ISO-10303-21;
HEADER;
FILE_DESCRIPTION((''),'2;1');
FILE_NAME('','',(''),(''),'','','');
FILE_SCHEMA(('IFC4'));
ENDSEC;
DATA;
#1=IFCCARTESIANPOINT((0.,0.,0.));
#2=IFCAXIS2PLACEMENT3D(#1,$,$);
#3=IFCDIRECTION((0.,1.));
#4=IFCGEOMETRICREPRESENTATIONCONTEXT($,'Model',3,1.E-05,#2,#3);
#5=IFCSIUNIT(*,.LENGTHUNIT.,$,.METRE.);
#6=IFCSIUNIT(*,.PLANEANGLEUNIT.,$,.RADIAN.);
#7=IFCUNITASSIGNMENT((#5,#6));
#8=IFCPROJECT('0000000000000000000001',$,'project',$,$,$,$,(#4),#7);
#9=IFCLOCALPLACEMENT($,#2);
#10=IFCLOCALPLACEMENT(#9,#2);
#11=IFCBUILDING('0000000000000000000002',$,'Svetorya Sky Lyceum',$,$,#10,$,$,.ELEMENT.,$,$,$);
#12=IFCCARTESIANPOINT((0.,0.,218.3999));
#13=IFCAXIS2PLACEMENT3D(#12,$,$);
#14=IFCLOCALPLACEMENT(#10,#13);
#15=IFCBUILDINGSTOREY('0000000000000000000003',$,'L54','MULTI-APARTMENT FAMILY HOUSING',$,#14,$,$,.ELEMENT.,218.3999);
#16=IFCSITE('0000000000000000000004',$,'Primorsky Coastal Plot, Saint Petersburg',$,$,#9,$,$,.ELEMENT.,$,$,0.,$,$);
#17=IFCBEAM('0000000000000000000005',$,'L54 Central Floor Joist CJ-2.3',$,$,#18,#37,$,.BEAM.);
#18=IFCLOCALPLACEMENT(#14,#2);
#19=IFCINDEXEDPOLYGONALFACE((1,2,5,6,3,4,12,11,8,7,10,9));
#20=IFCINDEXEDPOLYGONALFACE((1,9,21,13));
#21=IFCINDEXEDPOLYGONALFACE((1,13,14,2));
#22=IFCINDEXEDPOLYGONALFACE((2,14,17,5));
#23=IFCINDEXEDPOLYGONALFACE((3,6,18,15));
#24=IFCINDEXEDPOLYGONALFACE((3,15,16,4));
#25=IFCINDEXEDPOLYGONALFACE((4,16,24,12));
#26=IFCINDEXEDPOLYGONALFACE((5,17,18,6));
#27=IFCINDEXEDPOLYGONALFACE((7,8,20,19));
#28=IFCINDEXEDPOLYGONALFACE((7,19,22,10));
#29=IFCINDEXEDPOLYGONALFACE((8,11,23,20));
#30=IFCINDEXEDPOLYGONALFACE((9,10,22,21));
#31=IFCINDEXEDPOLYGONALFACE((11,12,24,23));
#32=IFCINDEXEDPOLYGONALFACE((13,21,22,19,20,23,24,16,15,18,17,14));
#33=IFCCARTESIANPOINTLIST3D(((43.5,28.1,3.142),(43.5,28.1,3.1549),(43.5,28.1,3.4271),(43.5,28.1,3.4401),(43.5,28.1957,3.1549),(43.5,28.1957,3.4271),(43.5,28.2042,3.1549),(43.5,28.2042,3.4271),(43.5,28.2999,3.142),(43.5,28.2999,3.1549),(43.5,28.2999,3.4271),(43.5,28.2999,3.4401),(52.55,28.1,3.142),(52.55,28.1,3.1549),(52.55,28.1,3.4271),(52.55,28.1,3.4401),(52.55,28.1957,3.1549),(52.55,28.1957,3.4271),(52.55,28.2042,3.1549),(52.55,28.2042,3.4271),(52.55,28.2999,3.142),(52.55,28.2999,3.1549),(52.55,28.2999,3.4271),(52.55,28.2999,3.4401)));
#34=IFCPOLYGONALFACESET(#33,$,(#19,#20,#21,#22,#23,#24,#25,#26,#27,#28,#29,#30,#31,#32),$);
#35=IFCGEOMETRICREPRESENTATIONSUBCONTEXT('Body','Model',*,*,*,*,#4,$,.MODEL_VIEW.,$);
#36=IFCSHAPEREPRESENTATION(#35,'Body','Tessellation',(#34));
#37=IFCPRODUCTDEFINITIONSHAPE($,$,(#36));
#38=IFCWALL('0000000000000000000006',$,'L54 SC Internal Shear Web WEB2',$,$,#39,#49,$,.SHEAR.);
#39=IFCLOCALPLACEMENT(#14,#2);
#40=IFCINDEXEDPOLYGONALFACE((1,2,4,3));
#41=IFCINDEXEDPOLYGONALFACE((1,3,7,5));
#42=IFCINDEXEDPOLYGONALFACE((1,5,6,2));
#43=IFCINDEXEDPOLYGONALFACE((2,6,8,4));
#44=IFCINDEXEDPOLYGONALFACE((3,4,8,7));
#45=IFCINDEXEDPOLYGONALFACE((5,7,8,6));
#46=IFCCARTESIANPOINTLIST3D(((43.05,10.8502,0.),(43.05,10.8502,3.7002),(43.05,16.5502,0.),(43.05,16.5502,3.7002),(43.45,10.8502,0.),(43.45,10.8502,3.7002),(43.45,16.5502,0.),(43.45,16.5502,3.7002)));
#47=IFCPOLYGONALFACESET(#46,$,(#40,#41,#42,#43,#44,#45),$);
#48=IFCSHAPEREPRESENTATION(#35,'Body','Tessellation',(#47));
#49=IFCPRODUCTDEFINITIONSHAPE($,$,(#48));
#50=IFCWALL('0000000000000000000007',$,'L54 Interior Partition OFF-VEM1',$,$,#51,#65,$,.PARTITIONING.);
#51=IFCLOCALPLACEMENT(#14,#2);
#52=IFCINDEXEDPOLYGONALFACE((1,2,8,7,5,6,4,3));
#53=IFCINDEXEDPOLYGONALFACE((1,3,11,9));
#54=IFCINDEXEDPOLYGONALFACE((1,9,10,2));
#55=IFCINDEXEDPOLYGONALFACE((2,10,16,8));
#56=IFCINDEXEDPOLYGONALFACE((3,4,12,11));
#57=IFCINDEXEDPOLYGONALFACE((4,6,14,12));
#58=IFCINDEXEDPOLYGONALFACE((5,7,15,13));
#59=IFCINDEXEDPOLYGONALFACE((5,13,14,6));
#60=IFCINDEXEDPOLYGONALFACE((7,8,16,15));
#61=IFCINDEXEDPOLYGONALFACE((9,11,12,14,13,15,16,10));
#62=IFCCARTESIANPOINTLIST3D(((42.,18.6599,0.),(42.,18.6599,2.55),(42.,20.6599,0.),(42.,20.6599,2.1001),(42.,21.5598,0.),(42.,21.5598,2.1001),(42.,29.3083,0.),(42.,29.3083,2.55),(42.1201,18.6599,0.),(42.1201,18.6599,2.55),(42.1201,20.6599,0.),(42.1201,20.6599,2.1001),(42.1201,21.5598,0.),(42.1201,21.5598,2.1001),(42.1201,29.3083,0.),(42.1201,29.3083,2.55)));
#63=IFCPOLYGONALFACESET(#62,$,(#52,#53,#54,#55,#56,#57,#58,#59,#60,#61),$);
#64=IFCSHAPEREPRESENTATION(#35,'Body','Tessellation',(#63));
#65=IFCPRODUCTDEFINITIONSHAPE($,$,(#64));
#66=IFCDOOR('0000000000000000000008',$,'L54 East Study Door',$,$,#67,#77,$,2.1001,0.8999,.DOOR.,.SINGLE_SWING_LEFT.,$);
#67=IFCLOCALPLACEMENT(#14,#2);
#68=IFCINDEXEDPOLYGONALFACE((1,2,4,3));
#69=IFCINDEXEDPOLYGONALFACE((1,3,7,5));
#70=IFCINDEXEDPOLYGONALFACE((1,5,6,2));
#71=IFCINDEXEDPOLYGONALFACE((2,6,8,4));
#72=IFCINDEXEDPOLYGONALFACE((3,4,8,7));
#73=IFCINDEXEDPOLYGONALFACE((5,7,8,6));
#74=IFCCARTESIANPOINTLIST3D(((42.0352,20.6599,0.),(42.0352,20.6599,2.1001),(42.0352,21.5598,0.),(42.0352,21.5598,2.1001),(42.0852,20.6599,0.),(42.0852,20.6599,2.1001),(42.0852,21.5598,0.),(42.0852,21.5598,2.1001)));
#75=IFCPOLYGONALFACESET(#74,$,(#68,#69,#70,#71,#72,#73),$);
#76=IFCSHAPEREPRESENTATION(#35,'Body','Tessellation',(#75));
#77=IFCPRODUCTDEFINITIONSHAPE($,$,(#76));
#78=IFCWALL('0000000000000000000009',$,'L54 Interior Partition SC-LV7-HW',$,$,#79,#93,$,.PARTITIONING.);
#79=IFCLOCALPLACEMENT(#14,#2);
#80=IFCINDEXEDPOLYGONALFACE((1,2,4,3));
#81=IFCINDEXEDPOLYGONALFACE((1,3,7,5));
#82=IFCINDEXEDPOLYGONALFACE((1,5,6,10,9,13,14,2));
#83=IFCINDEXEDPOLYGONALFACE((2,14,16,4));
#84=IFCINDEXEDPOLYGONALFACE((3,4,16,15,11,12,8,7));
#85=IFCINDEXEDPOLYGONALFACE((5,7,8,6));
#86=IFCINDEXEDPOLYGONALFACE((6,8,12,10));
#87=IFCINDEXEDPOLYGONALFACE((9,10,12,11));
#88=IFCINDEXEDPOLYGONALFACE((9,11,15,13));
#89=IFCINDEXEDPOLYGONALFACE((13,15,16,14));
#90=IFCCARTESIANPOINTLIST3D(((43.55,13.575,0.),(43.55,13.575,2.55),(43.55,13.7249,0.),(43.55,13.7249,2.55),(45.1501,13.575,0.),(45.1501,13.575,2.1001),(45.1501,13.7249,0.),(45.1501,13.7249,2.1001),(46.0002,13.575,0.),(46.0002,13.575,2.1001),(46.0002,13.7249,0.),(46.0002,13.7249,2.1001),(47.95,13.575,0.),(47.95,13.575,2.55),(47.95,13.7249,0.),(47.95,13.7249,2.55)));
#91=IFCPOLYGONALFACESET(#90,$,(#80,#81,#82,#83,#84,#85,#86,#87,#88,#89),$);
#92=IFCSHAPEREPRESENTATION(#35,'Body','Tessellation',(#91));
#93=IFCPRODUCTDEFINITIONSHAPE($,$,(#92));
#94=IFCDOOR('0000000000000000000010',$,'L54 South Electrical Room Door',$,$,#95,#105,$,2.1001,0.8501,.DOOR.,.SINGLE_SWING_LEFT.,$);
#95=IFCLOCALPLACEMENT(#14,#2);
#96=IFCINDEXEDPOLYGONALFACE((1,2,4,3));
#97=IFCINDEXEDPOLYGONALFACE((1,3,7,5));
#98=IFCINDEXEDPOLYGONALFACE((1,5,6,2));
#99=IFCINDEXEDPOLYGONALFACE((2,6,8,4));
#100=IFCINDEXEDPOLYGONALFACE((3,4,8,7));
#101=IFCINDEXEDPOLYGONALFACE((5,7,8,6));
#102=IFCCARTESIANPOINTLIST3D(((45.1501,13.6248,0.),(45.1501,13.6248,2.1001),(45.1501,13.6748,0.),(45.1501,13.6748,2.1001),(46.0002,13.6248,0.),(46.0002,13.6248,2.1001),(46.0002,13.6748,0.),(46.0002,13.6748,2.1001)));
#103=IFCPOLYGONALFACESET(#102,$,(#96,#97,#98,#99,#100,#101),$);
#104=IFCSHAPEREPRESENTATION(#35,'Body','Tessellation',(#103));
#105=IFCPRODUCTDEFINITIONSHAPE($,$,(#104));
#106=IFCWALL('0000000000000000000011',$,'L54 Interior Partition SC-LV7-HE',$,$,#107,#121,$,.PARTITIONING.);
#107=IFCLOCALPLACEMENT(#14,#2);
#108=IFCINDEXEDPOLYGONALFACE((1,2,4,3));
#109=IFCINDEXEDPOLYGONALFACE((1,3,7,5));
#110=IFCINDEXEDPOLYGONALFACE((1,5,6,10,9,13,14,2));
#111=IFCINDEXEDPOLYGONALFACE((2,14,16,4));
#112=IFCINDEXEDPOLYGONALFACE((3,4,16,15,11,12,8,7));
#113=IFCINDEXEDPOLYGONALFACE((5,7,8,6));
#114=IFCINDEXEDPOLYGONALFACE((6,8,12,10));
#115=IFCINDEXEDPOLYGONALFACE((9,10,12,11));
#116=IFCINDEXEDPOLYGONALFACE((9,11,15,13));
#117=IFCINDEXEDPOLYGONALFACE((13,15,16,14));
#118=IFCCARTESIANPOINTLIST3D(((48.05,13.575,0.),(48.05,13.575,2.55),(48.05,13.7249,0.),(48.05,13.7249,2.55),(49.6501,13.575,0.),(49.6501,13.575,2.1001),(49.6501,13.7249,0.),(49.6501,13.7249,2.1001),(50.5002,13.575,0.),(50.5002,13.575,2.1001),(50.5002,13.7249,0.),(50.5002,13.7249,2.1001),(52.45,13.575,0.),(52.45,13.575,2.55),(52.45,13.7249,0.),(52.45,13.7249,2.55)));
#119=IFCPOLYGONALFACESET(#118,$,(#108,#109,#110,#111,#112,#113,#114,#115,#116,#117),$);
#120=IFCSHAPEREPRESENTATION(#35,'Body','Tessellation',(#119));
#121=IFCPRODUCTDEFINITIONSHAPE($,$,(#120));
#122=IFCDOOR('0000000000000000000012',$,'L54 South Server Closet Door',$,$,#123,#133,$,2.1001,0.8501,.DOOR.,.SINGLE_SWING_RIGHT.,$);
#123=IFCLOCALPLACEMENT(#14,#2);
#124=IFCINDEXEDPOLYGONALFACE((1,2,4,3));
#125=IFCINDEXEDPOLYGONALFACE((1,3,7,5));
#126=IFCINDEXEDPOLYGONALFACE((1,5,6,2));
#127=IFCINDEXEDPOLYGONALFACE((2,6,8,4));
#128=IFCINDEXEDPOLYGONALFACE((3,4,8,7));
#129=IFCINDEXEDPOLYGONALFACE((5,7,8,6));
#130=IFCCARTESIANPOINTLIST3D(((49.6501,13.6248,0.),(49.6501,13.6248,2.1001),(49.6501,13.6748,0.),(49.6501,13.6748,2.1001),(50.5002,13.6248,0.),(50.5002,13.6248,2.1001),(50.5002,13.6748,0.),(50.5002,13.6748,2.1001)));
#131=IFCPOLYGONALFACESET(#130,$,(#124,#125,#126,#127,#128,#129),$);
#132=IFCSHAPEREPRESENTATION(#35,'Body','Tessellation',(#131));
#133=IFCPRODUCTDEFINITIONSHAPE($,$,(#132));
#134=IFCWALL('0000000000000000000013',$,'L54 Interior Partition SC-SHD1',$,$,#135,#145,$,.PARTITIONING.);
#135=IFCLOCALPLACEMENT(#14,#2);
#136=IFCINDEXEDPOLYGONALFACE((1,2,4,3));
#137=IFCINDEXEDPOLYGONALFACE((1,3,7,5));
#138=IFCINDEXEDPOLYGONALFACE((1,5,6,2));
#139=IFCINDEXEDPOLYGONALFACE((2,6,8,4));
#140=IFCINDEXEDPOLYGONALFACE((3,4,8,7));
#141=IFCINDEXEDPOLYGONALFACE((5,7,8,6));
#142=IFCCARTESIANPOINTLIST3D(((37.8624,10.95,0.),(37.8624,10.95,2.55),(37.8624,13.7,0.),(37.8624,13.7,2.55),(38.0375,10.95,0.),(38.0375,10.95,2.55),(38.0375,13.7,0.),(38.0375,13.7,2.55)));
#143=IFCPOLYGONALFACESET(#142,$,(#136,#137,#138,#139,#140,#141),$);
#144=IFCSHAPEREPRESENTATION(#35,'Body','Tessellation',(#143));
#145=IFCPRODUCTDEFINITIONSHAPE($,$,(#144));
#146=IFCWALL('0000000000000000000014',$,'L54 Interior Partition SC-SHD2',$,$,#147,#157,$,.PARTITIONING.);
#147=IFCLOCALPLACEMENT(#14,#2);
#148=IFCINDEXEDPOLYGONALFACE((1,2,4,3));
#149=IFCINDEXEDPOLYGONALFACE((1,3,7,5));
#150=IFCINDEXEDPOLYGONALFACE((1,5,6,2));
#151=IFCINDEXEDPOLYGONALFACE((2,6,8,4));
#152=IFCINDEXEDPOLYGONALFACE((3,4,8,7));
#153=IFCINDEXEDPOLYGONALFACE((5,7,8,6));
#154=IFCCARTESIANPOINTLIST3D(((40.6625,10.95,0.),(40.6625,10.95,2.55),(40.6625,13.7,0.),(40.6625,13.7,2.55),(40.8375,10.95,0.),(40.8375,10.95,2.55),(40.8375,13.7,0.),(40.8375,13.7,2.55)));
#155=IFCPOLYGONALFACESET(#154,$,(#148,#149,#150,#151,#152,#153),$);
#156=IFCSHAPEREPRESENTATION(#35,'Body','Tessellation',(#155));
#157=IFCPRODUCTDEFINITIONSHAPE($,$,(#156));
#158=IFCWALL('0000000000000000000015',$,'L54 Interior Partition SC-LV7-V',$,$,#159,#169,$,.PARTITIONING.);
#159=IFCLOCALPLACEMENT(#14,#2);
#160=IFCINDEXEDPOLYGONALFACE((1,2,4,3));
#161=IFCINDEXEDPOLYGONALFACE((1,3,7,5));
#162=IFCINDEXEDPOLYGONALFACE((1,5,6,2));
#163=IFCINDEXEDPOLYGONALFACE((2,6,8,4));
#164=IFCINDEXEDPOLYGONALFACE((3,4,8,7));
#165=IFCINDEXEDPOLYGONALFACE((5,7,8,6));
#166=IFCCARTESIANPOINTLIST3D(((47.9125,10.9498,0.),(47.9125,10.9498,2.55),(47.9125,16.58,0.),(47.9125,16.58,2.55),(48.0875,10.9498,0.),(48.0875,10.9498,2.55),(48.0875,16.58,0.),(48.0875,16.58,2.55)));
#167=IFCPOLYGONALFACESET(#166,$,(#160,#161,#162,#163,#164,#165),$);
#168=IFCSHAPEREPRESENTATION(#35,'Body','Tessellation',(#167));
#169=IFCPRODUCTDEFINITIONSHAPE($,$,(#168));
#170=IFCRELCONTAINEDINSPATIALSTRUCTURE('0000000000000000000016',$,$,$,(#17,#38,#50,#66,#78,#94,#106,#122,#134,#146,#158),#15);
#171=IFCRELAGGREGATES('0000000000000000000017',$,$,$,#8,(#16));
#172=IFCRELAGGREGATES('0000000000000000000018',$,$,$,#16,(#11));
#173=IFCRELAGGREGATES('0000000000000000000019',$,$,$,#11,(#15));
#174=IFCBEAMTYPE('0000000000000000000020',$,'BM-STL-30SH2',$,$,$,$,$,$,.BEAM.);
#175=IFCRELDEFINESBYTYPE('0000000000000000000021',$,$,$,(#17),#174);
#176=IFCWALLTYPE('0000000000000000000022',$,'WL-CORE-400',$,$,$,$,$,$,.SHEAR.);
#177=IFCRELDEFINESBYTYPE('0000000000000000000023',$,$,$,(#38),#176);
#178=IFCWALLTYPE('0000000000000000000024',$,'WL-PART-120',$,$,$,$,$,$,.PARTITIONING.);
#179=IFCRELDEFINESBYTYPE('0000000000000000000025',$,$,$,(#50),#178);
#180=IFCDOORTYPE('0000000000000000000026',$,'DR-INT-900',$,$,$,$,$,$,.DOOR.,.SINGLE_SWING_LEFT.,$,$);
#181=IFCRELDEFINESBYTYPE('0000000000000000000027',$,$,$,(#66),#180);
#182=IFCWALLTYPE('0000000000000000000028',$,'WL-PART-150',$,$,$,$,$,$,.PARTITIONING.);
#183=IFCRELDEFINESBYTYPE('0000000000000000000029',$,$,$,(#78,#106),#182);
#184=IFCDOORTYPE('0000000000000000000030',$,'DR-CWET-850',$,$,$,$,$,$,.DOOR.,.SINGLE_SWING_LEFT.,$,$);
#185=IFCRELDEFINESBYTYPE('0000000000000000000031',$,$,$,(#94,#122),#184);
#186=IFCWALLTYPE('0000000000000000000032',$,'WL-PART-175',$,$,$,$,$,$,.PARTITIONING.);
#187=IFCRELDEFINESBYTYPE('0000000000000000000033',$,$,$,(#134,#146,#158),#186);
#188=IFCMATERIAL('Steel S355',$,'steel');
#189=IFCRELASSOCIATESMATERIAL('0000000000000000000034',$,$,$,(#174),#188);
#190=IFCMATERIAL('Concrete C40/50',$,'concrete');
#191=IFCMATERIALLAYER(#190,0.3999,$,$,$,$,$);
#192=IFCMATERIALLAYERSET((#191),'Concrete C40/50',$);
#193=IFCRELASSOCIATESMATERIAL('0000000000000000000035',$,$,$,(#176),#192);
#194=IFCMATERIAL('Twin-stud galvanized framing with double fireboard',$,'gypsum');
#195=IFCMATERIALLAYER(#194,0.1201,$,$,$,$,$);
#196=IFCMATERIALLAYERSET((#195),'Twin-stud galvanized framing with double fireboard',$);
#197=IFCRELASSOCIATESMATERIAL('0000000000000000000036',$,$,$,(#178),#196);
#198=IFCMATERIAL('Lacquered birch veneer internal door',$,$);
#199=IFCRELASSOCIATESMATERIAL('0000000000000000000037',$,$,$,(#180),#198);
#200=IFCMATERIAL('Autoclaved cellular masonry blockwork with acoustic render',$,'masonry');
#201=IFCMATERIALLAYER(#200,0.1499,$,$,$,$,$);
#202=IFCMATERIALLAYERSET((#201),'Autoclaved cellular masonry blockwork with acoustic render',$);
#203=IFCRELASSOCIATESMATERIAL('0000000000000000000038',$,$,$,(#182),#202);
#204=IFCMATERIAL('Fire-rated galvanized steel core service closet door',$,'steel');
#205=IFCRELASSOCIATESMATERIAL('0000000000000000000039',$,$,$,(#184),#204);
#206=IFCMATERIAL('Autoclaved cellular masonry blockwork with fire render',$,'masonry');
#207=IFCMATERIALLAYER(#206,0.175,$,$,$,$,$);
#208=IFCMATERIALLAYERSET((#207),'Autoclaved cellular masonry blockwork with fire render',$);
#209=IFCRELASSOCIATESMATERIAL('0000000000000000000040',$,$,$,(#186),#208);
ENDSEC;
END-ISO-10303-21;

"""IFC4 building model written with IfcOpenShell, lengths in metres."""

from ifc_helpers import new_model, si_unit, direction, frame, frame_2d, origin, origin_2d, place, context, subcontext, project, spatial, rectangle, i_section, extrude, material, layer, layer_set, material_profile, profile_set, type_object, element, fill, save


model = new_model("IFC4")

# Units and contexts
model_context = context("Model", 3, precision=1e-05, world=origin(), true_north=direction((0.0, 1.0)))
body_context = subcontext(model_context, "Body", "Model", "MODEL_VIEW")
ifc_project = project(units=[si_unit("LENGTHUNIT", "METRE"), si_unit("PLANEANGLEUNIT", "RADIAN")], contexts=[model_context])

# Site, building, storey
site_placement = place(None, origin())
site = spatial("IfcSite", under=ifc_project, at=site_placement, Name="Primorsky Coastal Plot, Saint Petersburg", CompositionType="ELEMENT", RefElevation=0.0)
building_placement = place(site_placement, origin())
building = spatial("IfcBuilding", under=site, at=building_placement, Name="Svetorya Sky Lyceum", CompositionType="ELEMENT")
storey_placement = place(building_placement, frame((0.0, 0.0, 218.3999)))
storey = spatial("IfcBuildingStorey", under=building, at=storey_placement, Name="L54", Description="MULTI-APARTMENT FAMILY HOUSING", CompositionType="ELEMENT", Elevation=218.3999)

# Beam
ifc_material_1 = material(Name="Steel S355", Category="steel")
ifc_material_profile_1 = material_profile(ifc_material_1, i_section(OverallWidth=0.2, OverallDepth=0.2981, WebThickness=0.0085, FlangeThickness=0.0129, at=origin_2d()), Name="GOST 30Sh2")
ifc_profile_set_1 = profile_set([ifc_material_profile_1], Name="Steel S355")
beam_type_1 = type_object("IfcBeamType", Name="BM-STL-30SH2", PredefinedType="BEAM", material=ifc_profile_set_1)
beam_1_placement = place(storey_placement, frame((43.5, 28.2, 3.291), z_axis=(1.0, 0.0, 0.0), x_axis=(0.0, 1.0, 0.0)))
element("IfcBeam", 1, at=beam_1_placement, inside=storey, type_object=beam_type_1, Name="L54 Central Floor Joist CJ-2.3", PredefinedType="BEAM", context=body_context, shape_type="SweptSolid", body=[
    extrude(i_section(OverallWidth=0.2, OverallDepth=0.2981, WebThickness=0.0085, FlangeThickness=0.0129, at=origin_2d()), origin(), (0.0, 0.0, 1.0), 9.05),
])

# Wall
ifc_material_2 = material(Name="Concrete C40/50", Category="concrete")
ifc_layer_1 = layer(ifc_material_2, 0.3999)
ifc_layer_set_1 = layer_set([ifc_layer_1], Name="Concrete C40/50")
wall_type_1 = type_object("IfcWallType", Name="WL-CORE-400", PredefinedType="SHEAR", material=ifc_layer_set_1)
wall_1_placement = place(storey_placement, frame((43.25, 10.8501, 0.0), z_axis=(0.0, 0.0, 1.0), x_axis=(0.0, 1.0, 0.0)))
element("IfcWall", 2, at=wall_1_placement, inside=storey, type_object=wall_type_1, Name="L54 SC Internal Shear Web WEB2", PredefinedType="SHEAR", context=body_context, shape_type="SweptSolid", body=[
    extrude(rectangle(XDim=5.7, YDim=0.3999, at=frame_2d((2.8501, 0.0))), origin(), (0.0, 0.0, 1.0), 3.7002),
])

# Walls, openings, doors
ifc_material_3 = material(Name="Twin-stud galvanized framing with double fireboard", Category="gypsum")
ifc_layer_2 = layer(ifc_material_3, 0.1201)
ifc_layer_set_2 = layer_set([ifc_layer_2], Name="Twin-stud galvanized framing with double fireboard")
wall_type_2 = type_object("IfcWallType", Name="WL-PART-120", PredefinedType="PARTITIONING", material=ifc_layer_set_2)
wall_2_placement = place(storey_placement, frame((42.0601, 18.6599, 0.0), z_axis=(0.0, 0.0, 1.0), x_axis=(0.0, 1.0, 0.0)))
wall_2 = element("IfcWall", 3, at=wall_2_placement, inside=storey, type_object=wall_type_2, Name="L54 Interior Partition OFF-VEM1", PredefinedType="PARTITIONING", context=body_context, shape_type="SweptSolid", body=[
    extrude(rectangle(XDim=10.6484, YDim=0.1201, at=frame_2d((5.3242, 0.0))), origin(), (0.0, 0.0, 1.0), 2.55),
])
opening_1_placement = place(wall_2_placement, frame((2.0, 0.0, 0.0)))
opening_1 = element("IfcOpeningElement", 4, at=opening_1_placement, cuts=wall_2, PredefinedType="OPENING", context=body_context, shape_type="SweptSolid", body=[
    extrude(rectangle(XDim=0.8999, YDim=2.1001, at=frame_2d((0.45, 1.05))), frame((0.0, 0.0701, 0.0), z_axis=(0.0, -1.0, 0.0), x_axis=(1.0, 0.0, 0.0)), (0.0, 0.0, 1.0), 0.1401),
])
ifc_material_4 = material(Name="Lacquered birch veneer internal door")
door_type_1 = type_object("IfcDoorType", Name="DR-INT-900", OperationType="SINGLE_SWING_LEFT", PredefinedType="DOOR", material=ifc_material_4)
door_1_placement = place(opening_1_placement, origin())
door_1 = element("IfcDoor", 5, at=door_1_placement, inside=storey, type_object=door_type_1, Name="L54 East Study Door", OperationType="SINGLE_SWING_LEFT", OverallHeight=2.1001, OverallWidth=0.8999, PredefinedType="DOOR", context=body_context, shape_type="SweptSolid", body=[
    extrude(rectangle(XDim=0.8999, YDim=2.1001, at=frame_2d((0.45, 1.05))), frame((0.0, 0.0249, 0.0), z_axis=(0.0, -1.0, 0.0), x_axis=(1.0, 0.0, 0.0)), (0.0, 0.0, 1.0), 0.05),
])
fill(opening_1, door_1)
ifc_material_5 = material(Name="Autoclaved cellular masonry blockwork with acoustic render", Category="masonry")
ifc_layer_3 = layer(ifc_material_5, 0.1499)
ifc_layer_set_3 = layer_set([ifc_layer_3], Name="Autoclaved cellular masonry blockwork with acoustic render")
wall_type_3 = type_object("IfcWallType", Name="WL-PART-150", PredefinedType="PARTITIONING", material=ifc_layer_set_3)
wall_3_placement = place(storey_placement, frame((43.55, 13.6499, 0.0), z_axis=(0.0, 0.0, 1.0), x_axis=(1.0, 0.0, 0.0)))
wall_3 = element("IfcWall", 6, at=wall_3_placement, inside=storey, type_object=wall_type_3, Name="L54 Interior Partition SC-LV7-HW", PredefinedType="PARTITIONING", context=body_context, shape_type="SweptSolid", body=[
    extrude(rectangle(XDim=4.3999, YDim=0.1499, at=frame_2d((2.2, 0.0))), origin(), (0.0, 0.0, 1.0), 2.55),
])
opening_2_placement = place(wall_3_placement, frame((1.6001, 0.0, 0.0)))
opening_2 = element("IfcOpeningElement", 7, at=opening_2_placement, cuts=wall_3, PredefinedType="OPENING", context=body_context, shape_type="SweptSolid", body=[
    extrude(rectangle(XDim=0.8501, YDim=2.1001, at=frame_2d((0.425, 1.05))), frame((0.0, 0.085, 0.0), z_axis=(0.0, -1.0, 0.0), x_axis=(1.0, 0.0, 0.0)), (0.0, 0.0, 1.0), 0.1699),
])
ifc_material_6 = material(Name="Fire-rated galvanized steel core service closet door", Category="steel")
door_type_2 = type_object("IfcDoorType", Name="DR-CWET-850", OperationType="SINGLE_SWING_LEFT", PredefinedType="DOOR", material=ifc_material_6)
door_2_placement = place(opening_2_placement, origin())
door_2 = element("IfcDoor", 8, at=door_2_placement, inside=storey, type_object=door_type_2, Name="L54 South Electrical Room Door", OperationType="SINGLE_SWING_LEFT", OverallHeight=2.1001, OverallWidth=0.8501, PredefinedType="DOOR", context=body_context, shape_type="SweptSolid", body=[
    extrude(rectangle(XDim=0.8501, YDim=2.1001, at=frame_2d((0.425, 1.05))), frame((0.0, 0.0249, 0.0), z_axis=(0.0, -1.0, 0.0), x_axis=(1.0, 0.0, 0.0)), (0.0, 0.0, 1.0), 0.05),
])
fill(opening_2, door_2)
wall_4_placement = place(storey_placement, frame((48.05, 13.6499, 0.0), z_axis=(0.0, 0.0, 1.0), x_axis=(1.0, 0.0, 0.0)))
wall_4 = element("IfcWall", 9, at=wall_4_placement, inside=storey, type_object=wall_type_3, Name="L54 Interior Partition SC-LV7-HE", PredefinedType="PARTITIONING", context=body_context, shape_type="SweptSolid", body=[
    extrude(rectangle(XDim=4.3999, YDim=0.1499, at=frame_2d((2.2, 0.0))), origin(), (0.0, 0.0, 1.0), 2.55),
])
opening_3_placement = place(wall_4_placement, frame((1.6001, 0.0, 0.0)))
opening_3 = element("IfcOpeningElement", 10, at=opening_3_placement, cuts=wall_4, PredefinedType="OPENING", context=body_context, shape_type="SweptSolid", body=[
    extrude(rectangle(XDim=0.8501, YDim=2.1001, at=frame_2d((0.425, 1.05))), frame((0.0, 0.085, 0.0), z_axis=(0.0, -1.0, 0.0), x_axis=(1.0, 0.0, 0.0)), (0.0, 0.0, 1.0), 0.1699),
])
door_3_placement = place(opening_3_placement, origin())
door_3 = element("IfcDoor", 11, at=door_3_placement, inside=storey, type_object=door_type_2, Name="L54 South Server Closet Door", OperationType="SINGLE_SWING_RIGHT", OverallHeight=2.1001, OverallWidth=0.8501, PredefinedType="DOOR", context=body_context, shape_type="SweptSolid", body=[
    extrude(rectangle(XDim=0.8501, YDim=2.1001, at=frame_2d((0.425, 1.05))), frame((0.0, 0.0249, 0.0), z_axis=(0.0, -1.0, 0.0), x_axis=(1.0, 0.0, 0.0)), (0.0, 0.0, 1.0), 0.05),
])
fill(opening_3, door_3)

# Walls
ifc_material_7 = material(Name="Autoclaved cellular masonry blockwork with fire render", Category="masonry")
ifc_layer_4 = layer(ifc_material_7, 0.175)
ifc_layer_set_4 = layer_set([ifc_layer_4], Name="Autoclaved cellular masonry blockwork with fire render")
wall_type_4 = type_object("IfcWallType", Name="WL-PART-175", PredefinedType="PARTITIONING", material=ifc_layer_set_4)
for number, where, z_axis, x_axis, name in (
    (12, (37.95, 10.95, 0.0), (0.0, 0.0, 1.0), (0.0, 1.0, 0.0), "L54 Interior Partition SC-SHD1"),
    (13, (40.75, 10.95, 0.0), (0.0, 0.0, 1.0), (0.0, 1.0, 0.0), "L54 Interior Partition SC-SHD2"),
):
    element("IfcWall", number, at=place(storey_placement, frame(where, z_axis=z_axis, x_axis=x_axis)), inside=storey, type_object=wall_type_4, Name=name, PredefinedType="PARTITIONING", context=body_context, shape_type="SweptSolid", body=[
        extrude(rectangle(XDim=2.75, YDim=0.175, at=frame_2d((1.375, 0.0))), origin(), (0.0, 0.0, 1.0), 2.55),
    ])
wall_5_placement = place(storey_placement, frame((48.0, 10.95, 0.0), z_axis=(0.0, 0.0, 1.0), x_axis=(0.0, 1.0, 0.0)))
element("IfcWall", 14, at=wall_5_placement, inside=storey, type_object=wall_type_4, Name="L54 Interior Partition SC-LV7-V", PredefinedType="PARTITIONING", context=body_context, shape_type="SweptSolid", body=[
    extrude(rectangle(XDim=5.6301, YDim=0.175, at=frame_2d((2.8149, 0.0))), origin(), (0.0, 0.0, 1.0), 2.55),
])

save(model, "model.ifc")
